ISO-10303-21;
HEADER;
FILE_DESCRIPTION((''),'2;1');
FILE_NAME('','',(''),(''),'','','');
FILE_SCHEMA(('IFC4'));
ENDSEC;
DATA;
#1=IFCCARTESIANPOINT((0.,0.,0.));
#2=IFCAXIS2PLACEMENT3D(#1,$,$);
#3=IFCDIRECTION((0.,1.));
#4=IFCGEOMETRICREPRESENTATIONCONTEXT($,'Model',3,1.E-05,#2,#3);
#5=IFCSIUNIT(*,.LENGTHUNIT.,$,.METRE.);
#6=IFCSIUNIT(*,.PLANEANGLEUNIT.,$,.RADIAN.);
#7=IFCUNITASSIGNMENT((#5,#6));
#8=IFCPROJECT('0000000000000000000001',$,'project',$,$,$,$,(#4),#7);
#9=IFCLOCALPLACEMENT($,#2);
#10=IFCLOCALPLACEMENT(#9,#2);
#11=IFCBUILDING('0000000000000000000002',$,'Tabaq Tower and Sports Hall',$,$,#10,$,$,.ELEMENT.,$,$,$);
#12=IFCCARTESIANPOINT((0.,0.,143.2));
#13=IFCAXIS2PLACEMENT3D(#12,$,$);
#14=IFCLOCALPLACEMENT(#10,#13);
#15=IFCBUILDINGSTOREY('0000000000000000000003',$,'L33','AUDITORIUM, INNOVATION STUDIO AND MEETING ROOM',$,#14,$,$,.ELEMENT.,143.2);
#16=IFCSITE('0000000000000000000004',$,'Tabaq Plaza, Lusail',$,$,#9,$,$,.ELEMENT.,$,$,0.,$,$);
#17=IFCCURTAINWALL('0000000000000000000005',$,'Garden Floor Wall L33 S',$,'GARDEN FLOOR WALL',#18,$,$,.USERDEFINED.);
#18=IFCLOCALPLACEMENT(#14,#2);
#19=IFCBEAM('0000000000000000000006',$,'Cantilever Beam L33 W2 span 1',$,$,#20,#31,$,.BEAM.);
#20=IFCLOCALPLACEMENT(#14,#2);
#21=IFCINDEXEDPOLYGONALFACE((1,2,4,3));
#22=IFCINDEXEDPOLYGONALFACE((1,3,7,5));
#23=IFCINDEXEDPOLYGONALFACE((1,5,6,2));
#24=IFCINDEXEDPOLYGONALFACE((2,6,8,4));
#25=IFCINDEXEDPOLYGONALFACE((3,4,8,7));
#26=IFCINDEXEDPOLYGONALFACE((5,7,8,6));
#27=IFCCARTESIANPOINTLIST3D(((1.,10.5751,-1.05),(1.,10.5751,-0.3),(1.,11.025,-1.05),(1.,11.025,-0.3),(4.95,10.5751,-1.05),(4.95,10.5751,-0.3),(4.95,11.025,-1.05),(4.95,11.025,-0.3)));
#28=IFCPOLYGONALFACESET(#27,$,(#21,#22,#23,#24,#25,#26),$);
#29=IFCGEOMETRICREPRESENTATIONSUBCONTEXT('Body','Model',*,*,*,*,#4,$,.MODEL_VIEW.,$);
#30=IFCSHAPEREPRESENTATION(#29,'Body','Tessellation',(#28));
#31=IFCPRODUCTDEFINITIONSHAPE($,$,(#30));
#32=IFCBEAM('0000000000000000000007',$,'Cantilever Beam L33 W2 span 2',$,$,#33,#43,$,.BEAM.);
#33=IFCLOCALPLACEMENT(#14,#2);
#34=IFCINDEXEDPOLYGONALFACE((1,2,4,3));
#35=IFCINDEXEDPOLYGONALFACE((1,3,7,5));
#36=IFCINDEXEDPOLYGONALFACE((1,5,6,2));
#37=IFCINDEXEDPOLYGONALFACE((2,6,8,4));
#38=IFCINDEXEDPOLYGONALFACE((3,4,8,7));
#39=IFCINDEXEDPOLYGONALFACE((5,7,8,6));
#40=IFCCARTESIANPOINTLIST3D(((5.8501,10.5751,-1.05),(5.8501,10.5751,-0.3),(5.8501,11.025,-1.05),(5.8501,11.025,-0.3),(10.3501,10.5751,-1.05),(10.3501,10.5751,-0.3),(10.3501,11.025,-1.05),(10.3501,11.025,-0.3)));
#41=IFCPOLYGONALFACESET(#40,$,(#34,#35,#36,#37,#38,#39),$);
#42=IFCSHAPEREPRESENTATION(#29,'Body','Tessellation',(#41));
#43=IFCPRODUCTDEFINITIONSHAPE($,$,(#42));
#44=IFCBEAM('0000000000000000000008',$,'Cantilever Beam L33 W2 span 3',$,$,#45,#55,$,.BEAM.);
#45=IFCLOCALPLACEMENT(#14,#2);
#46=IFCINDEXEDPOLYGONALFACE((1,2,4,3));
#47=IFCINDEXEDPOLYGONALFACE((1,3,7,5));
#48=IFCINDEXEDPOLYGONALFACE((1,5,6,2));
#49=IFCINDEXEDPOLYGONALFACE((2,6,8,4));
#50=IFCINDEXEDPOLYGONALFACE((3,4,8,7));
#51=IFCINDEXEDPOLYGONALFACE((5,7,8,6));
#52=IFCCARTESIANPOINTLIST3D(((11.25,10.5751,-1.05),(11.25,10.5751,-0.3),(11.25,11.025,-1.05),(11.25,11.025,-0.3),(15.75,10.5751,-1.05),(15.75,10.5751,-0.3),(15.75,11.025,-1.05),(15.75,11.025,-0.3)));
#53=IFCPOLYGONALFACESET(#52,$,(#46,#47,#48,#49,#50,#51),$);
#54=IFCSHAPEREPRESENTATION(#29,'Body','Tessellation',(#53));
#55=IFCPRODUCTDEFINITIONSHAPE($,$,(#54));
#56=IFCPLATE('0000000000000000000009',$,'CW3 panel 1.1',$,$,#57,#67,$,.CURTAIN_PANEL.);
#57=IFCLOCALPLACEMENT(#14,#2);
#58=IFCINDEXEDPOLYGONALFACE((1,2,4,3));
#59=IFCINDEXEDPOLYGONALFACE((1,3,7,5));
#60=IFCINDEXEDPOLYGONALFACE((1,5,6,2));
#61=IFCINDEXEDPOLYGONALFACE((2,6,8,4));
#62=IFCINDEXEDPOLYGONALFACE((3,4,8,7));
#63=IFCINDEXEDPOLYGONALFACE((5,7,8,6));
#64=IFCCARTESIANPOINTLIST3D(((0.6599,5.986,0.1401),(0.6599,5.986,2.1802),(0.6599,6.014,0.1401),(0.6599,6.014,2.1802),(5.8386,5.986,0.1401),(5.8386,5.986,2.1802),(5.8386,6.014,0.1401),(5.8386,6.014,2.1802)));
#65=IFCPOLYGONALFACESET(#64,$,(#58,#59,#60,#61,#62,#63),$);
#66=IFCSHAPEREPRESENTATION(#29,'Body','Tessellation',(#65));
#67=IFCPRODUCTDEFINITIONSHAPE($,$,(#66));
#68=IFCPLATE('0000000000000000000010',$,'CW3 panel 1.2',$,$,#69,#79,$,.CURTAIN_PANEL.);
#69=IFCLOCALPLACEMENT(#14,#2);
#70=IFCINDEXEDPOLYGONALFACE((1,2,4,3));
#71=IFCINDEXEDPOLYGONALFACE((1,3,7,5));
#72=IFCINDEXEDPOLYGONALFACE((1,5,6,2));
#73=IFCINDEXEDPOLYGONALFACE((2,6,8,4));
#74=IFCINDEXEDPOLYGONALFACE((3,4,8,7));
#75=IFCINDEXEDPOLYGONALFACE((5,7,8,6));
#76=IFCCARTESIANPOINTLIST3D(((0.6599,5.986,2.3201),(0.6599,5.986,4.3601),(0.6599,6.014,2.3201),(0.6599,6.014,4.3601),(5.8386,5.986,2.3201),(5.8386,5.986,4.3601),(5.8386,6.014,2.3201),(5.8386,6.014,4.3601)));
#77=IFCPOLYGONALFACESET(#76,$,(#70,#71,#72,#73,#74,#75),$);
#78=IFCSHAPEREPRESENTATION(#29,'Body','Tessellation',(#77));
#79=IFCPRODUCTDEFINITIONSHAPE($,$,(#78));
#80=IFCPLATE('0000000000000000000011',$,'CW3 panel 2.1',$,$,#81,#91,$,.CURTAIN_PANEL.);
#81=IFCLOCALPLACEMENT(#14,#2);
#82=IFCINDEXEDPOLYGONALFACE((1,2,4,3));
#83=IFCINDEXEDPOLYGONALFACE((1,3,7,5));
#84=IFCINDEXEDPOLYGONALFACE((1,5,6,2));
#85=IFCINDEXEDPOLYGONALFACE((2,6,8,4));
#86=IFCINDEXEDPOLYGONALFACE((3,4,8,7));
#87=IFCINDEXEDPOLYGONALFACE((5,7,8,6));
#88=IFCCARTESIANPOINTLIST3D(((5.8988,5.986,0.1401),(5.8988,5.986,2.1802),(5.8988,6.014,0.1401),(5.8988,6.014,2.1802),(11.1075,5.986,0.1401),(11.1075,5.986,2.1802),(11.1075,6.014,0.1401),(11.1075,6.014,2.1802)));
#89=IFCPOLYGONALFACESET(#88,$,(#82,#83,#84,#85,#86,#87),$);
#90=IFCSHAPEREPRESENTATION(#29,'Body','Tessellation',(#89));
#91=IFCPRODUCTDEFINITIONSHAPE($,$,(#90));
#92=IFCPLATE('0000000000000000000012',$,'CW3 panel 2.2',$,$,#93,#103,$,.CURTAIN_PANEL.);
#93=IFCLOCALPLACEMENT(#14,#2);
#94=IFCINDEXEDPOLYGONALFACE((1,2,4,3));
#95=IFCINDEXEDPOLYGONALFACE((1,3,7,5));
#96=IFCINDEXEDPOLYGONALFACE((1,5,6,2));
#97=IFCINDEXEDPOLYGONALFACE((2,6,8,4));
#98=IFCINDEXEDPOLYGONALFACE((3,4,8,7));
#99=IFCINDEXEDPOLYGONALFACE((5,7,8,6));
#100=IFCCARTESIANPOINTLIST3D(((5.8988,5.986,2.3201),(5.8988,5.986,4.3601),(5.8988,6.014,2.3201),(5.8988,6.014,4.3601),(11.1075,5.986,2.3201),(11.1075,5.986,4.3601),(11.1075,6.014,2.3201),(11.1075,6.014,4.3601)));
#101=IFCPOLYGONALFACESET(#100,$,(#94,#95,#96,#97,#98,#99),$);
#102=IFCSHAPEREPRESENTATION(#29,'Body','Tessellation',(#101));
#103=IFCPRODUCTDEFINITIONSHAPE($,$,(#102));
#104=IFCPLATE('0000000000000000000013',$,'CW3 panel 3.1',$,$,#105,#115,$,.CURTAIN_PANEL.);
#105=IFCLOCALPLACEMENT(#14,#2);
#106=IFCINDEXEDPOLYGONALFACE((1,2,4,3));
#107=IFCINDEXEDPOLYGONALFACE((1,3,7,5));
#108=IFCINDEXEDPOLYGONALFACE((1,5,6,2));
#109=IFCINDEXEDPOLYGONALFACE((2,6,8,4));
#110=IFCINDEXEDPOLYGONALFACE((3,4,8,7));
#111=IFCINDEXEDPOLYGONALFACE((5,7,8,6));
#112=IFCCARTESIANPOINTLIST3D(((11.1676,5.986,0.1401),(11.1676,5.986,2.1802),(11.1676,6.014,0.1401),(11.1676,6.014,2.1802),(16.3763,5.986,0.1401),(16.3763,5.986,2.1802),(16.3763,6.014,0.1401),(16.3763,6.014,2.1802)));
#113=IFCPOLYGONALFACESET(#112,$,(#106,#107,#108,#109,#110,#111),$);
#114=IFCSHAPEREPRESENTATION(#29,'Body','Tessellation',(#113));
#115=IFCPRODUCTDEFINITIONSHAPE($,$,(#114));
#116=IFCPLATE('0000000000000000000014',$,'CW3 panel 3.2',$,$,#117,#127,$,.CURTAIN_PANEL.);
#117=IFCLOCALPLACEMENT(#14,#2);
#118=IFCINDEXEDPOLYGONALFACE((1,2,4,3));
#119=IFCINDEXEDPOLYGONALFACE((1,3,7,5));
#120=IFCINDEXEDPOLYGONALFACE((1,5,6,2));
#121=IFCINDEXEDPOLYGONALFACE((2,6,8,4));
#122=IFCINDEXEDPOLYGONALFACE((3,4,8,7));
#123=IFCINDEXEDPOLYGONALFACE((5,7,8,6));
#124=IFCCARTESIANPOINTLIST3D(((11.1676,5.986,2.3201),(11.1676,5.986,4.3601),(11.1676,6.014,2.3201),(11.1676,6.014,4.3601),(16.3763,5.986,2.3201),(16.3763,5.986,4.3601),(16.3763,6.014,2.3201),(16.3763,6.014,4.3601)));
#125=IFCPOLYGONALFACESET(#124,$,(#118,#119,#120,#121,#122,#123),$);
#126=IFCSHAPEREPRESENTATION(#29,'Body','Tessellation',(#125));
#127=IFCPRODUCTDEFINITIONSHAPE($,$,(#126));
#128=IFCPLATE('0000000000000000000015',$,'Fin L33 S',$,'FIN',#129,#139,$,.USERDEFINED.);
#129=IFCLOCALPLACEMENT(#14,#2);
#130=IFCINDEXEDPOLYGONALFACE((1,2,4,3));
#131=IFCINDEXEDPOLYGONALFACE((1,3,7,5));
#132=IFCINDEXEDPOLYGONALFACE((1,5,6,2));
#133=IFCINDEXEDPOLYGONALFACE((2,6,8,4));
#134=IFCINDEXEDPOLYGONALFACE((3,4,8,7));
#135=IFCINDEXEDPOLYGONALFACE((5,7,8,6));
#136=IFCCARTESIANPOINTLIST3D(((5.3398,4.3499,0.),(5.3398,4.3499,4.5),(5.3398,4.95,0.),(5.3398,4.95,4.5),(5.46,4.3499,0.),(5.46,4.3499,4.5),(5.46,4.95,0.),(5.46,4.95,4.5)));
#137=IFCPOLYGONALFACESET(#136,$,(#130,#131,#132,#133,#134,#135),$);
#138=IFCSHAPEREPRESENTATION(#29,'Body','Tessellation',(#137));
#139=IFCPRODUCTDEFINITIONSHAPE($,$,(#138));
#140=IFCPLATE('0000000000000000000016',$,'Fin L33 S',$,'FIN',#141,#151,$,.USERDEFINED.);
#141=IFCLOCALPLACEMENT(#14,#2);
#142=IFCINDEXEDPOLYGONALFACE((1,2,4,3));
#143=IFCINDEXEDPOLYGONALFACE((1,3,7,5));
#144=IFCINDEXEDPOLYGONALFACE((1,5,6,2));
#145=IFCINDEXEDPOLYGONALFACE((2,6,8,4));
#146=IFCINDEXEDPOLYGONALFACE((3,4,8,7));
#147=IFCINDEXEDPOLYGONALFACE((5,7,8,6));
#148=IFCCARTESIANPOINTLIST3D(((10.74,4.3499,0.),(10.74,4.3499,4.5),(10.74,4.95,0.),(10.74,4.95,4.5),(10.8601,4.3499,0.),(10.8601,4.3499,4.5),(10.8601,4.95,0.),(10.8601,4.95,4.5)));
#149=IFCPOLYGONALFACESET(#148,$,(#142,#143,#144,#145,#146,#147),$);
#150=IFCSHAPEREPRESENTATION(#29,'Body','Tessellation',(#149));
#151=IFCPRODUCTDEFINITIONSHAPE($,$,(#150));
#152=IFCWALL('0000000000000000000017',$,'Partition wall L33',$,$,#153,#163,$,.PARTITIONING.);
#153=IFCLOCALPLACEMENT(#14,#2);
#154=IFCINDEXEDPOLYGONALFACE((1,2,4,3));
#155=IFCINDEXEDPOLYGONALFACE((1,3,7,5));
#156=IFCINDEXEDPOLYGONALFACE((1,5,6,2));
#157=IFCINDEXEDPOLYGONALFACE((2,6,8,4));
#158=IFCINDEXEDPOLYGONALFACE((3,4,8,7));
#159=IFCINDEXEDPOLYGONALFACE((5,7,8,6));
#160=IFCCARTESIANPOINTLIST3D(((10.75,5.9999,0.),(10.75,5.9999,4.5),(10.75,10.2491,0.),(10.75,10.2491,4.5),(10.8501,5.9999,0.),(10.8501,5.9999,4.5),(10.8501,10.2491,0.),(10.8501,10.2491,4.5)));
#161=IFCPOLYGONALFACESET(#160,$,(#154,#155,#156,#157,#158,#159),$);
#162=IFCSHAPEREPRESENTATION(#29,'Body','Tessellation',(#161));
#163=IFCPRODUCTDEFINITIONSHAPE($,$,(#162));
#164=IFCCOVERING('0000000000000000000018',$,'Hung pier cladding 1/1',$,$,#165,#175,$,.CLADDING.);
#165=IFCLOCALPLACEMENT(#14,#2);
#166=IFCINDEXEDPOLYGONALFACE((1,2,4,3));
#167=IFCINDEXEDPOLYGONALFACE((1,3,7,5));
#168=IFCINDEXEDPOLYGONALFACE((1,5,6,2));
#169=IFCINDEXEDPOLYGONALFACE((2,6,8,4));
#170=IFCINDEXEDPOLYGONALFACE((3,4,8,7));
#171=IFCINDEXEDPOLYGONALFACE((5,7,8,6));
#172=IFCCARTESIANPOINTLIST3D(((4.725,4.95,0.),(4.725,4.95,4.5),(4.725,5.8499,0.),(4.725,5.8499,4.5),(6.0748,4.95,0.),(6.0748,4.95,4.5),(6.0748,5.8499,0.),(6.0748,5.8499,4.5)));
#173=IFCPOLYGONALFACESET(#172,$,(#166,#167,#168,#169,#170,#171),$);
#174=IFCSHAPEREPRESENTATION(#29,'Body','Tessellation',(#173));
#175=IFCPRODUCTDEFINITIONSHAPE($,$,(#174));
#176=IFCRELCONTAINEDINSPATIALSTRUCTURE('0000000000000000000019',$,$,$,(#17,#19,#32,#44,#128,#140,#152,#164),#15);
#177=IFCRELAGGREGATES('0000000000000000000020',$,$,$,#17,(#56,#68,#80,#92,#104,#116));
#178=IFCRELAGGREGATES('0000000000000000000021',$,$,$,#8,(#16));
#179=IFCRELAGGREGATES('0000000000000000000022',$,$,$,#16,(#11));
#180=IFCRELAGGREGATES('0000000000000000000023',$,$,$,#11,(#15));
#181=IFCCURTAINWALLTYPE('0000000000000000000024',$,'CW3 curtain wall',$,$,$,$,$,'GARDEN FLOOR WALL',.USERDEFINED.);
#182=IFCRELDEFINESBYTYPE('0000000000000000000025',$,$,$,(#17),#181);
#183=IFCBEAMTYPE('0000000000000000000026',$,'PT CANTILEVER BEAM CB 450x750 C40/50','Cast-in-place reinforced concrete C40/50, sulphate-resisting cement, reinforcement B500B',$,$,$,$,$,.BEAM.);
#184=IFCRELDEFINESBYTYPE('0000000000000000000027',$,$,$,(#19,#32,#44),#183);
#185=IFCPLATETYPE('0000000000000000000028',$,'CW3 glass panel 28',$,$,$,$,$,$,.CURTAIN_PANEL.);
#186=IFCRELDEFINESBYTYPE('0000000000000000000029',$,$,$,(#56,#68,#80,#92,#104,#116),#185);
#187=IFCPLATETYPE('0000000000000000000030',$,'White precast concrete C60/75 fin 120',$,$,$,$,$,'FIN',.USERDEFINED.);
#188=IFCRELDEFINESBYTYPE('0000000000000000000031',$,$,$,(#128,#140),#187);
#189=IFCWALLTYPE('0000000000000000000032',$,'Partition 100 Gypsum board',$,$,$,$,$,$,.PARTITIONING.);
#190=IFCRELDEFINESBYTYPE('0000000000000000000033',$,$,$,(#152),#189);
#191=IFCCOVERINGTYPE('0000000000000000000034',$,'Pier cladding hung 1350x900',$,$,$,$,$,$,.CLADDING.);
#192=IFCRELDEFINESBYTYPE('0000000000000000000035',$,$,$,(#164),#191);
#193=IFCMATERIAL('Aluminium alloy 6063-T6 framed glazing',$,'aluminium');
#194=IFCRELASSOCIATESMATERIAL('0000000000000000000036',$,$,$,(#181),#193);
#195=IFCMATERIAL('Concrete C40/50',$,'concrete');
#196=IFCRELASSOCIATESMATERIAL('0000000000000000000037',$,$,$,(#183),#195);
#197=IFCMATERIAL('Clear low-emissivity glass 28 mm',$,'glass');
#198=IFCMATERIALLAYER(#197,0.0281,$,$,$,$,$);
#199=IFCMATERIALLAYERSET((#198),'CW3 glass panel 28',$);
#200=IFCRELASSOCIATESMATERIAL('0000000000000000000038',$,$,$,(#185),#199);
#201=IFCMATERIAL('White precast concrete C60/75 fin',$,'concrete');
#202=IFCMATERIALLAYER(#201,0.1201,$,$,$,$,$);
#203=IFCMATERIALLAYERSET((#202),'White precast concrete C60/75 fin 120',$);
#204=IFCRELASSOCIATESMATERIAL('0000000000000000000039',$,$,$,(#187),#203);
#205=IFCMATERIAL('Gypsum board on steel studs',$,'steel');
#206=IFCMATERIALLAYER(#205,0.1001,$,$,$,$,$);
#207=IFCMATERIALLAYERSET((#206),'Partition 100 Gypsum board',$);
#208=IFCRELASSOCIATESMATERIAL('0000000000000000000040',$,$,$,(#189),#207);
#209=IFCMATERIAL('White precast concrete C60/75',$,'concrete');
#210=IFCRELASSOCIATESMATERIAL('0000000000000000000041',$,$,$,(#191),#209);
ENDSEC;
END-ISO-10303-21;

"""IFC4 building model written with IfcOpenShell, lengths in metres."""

from ifc_helpers import new_model, si_unit, direction, frame, frame_2d, origin, origin_2d, place, context, subcontext, project, spatial, rectangle, extrude, material, layer, layer_set, material_profile, profile_set, type_object, element, aggregate, save


model = new_model("IFC4")

# Units and contexts
model_context = context("Model", 3, precision=1e-05, world=origin(), true_north=direction((0.0, 1.0)))
body_context = subcontext(model_context, "Body", "Model", "MODEL_VIEW")
ifc_project = project(units=[si_unit("LENGTHUNIT", "METRE"), si_unit("PLANEANGLEUNIT", "RADIAN")], contexts=[model_context])

# Site, building, storey
site_placement = place(None, origin())
site = spatial("IfcSite", under=ifc_project, at=site_placement, Name="Tabaq Plaza, Lusail", CompositionType="ELEMENT", RefElevation=0.0)
building_placement = place(site_placement, origin())
building = spatial("IfcBuilding", under=site, at=building_placement, Name="Tabaq Tower and Sports Hall", CompositionType="ELEMENT")
storey_placement = place(building_placement, frame((0.0, 0.0, 143.2)))
storey = spatial("IfcBuildingStorey", under=building, at=storey_placement, Name="L33", Description="AUDITORIUM, INNOVATION STUDIO AND MEETING ROOM", CompositionType="ELEMENT", Elevation=143.2)

# Curtain wall
ifc_material_1 = material(Name="Aluminium alloy 6063-T6 framed glazing", Category="aluminium")
curtain_wall_type = type_object("IfcCurtainWallType", Name="CW3 curtain wall", ElementType="GARDEN FLOOR WALL", PredefinedType="USERDEFINED", material=ifc_material_1)
curtain_wall_placement = place(storey_placement, origin())
curtain_wall = element("IfcCurtainWall", 1, at=curtain_wall_placement, inside=storey, type_object=curtain_wall_type, Name="Garden Floor Wall L33 S", ObjectType="GARDEN FLOOR WALL", PredefinedType="USERDEFINED")

# Beams
ifc_material_2 = material(Name="Concrete C40/50", Category="concrete")
ifc_material_profile_1 = material_profile(ifc_material_2, rectangle(XDim=0.45, YDim=0.75, at=origin_2d()), Name="CB 450x750")
ifc_profile_set_1 = profile_set([ifc_material_profile_1], Name="Concrete C40/50")
beam_type = type_object("IfcBeamType", Name="PT CANTILEVER BEAM CB 450x750 C40/50", Description="Cast-in-place reinforced concrete C40/50, sulphate-resisting cement, reinforcement B500B", PredefinedType="BEAM", material=ifc_profile_set_1)
beam_placement = place(storey_placement, frame((1.0, 10.8, -0.675), z_axis=(1.0, 0.0, 0.0), x_axis=(0.0, 1.0, 0.0)))
element("IfcBeam", 2, at=beam_placement, inside=storey, type_object=beam_type, Name="Cantilever Beam L33 W2 span 1", PredefinedType="BEAM", context=body_context, shape_type="SweptSolid", body=[
    extrude(rectangle(XDim=0.45, YDim=0.75, at=origin_2d()), origin(), (0.0, 0.0, 1.0), 3.95),
])
for number, where, z_axis, x_axis, name in (
    (3, (5.8501, 10.8, -0.675), (1.0, 0.0, 0.0), (0.0, 1.0, 0.0), "Cantilever Beam L33 W2 span 2"),
    (4, (11.25, 10.8, -0.675), (1.0, 0.0, 0.0), (0.0, 1.0, 0.0), "Cantilever Beam L33 W2 span 3"),
):
    element("IfcBeam", number, at=place(storey_placement, frame(where, z_axis=z_axis, x_axis=x_axis)), inside=storey, type_object=beam_type, Name=name, PredefinedType="BEAM", context=body_context, shape_type="SweptSolid", body=[
        extrude(rectangle(XDim=0.45, YDim=0.75, at=origin_2d()), origin(), (0.0, 0.0, 1.0), 4.5),
    ])

# Plates
ifc_material_3 = material(Name="Clear low-emissivity glass 28 mm", Category="glass")
ifc_layer_1 = layer(ifc_material_3, 0.0281)
ifc_layer_set_1 = layer_set([ifc_layer_1], Name="CW3 glass panel 28")
plate_type_1 = type_object("IfcPlateType", Name="CW3 glass panel 28", PredefinedType="CURTAIN_PANEL", material=ifc_layer_set_1)
plate_1_placement = place(storey_placement, frame((3.2493, 6.0, 0.1401), z_axis=(0.0, 0.0, 1.0), x_axis=(1.0, 0.0, 0.0)))
plate_1 = element("IfcPlate", 5, at=plate_1_placement, type_object=plate_type_1, Name="CW3 panel 1.1", PredefinedType="CURTAIN_PANEL", context=body_context, shape_type="SweptSolid", body=[
    extrude(rectangle(XDim=5.1787, YDim=0.0281, at=origin_2d()), origin(), (0.0, 0.0, 1.0), 2.04),
])
plate_2_placement = place(storey_placement, frame((3.2493, 6.0, 2.3201), z_axis=(0.0, 0.0, 1.0), x_axis=(1.0, 0.0, 0.0)))
plate_2 = element("IfcPlate", 6, at=plate_2_placement, type_object=plate_type_1, Name="CW3 panel 1.2", PredefinedType="CURTAIN_PANEL", context=body_context, shape_type="SweptSolid", body=[
    extrude(rectangle(XDim=5.1787, YDim=0.0281, at=origin_2d()), origin(), (0.0, 0.0, 1.0), 2.04),
])
plate_3_placement = place(storey_placement, frame((8.5032, 6.0, 0.1401), z_axis=(0.0, 0.0, 1.0), x_axis=(1.0, 0.0, 0.0)))
plate_3 = element("IfcPlate", 7, at=plate_3_placement, type_object=plate_type_1, Name="CW3 panel 2.1", PredefinedType="CURTAIN_PANEL", context=body_context, shape_type="SweptSolid", body=[
    extrude(rectangle(XDim=5.2087, YDim=0.0281, at=origin_2d()), origin(), (0.0, 0.0, 1.0), 2.04),
])
plate_4_placement = place(storey_placement, frame((8.5032, 6.0, 2.3201), z_axis=(0.0, 0.0, 1.0), x_axis=(1.0, 0.0, 0.0)))
plate_4 = element("IfcPlate", 8, at=plate_4_placement, type_object=plate_type_1, Name="CW3 panel 2.2", PredefinedType="CURTAIN_PANEL", context=body_context, shape_type="SweptSolid", body=[
    extrude(rectangle(XDim=5.2087, YDim=0.0281, at=origin_2d()), origin(), (0.0, 0.0, 1.0), 2.04),
])
plate_5_placement = place(storey_placement, frame((13.772, 6.0, 0.1401), z_axis=(0.0, 0.0, 1.0), x_axis=(1.0, 0.0, 0.0)))
plate_5 = element("IfcPlate", 9, at=plate_5_placement, type_object=plate_type_1, Name="CW3 panel 3.1", PredefinedType="CURTAIN_PANEL", context=body_context, shape_type="SweptSolid", body=[
    extrude(rectangle(XDim=5.2087, YDim=0.0281, at=origin_2d()), origin(), (0.0, 0.0, 1.0), 2.04),
])
plate_6_placement = place(storey_placement, frame((13.772, 6.0, 2.3201), z_axis=(0.0, 0.0, 1.0), x_axis=(1.0, 0.0, 0.0)))
plate_6 = element("IfcPlate", 10, at=plate_6_placement, type_object=plate_type_1, Name="CW3 panel 3.2", PredefinedType="CURTAIN_PANEL", context=body_context, shape_type="SweptSolid", body=[
    extrude(rectangle(XDim=5.2087, YDim=0.0281, at=origin_2d()), origin(), (0.0, 0.0, 1.0), 2.04),
])
aggregate(curtain_wall, [plate_1, plate_2, plate_3, plate_4, plate_5, plate_6])

# Plates
ifc_material_4 = material(Name="White precast concrete C60/75 fin", Category="concrete")
ifc_layer_2 = layer(ifc_material_4, 0.1201)
ifc_layer_set_2 = layer_set([ifc_layer_2], Name="White precast concrete C60/75 fin 120")
plate_type_2 = type_object("IfcPlateType", Name="White precast concrete C60/75 fin 120", ElementType="FIN", PredefinedType="USERDEFINED", material=ifc_layer_set_2)
for number, where, z_axis, x_axis, name in (
    (11, (5.3999, 4.6499, 0.0), (0.0, 0.0, 1.0), (1.0, 0.0, 0.0), "Fin L33 S"),
    (12, (10.8, 4.6499, 0.0), (0.0, 0.0, 1.0), (1.0, 0.0, 0.0), "Fin L33 S"),
):
    element("IfcPlate", number, at=place(storey_placement, frame(where, z_axis=z_axis, x_axis=x_axis)), inside=storey, type_object=plate_type_2, Name=name, ObjectType="FIN", PredefinedType="USERDEFINED", context=body_context, shape_type="SweptSolid", body=[
        extrude(rectangle(XDim=0.1201, YDim=0.6001, at=origin_2d()), origin(), (0.0, 0.0, 1.0), 4.5),
    ])

# Wall
ifc_material_5 = material(Name="Gypsum board on steel studs", Category="steel")
ifc_layer_3 = layer(ifc_material_5, 0.1001)
ifc_layer_set_3 = layer_set([ifc_layer_3], Name="Partition 100 Gypsum board")
wall_type = type_object("IfcWallType", Name="Partition 100 Gypsum board", PredefinedType="PARTITIONING", material=ifc_layer_set_3)
wall_placement = place(storey_placement, frame((10.8, 6.0, 0.0), z_axis=(0.0, 0.0, 1.0), x_axis=(0.0, 1.0, 0.0)))
element("IfcWall", 13, at=wall_placement, inside=storey, type_object=wall_type, Name="Partition wall L33", PredefinedType="PARTITIONING", context=body_context, shape_type="SweptSolid", body=[
    extrude(rectangle(XDim=4.2493, YDim=0.1001, at=frame_2d((2.1245, 0.0))), origin(), (0.0, 0.0, 1.0), 4.5),
])

# Covering
ifc_material_6 = material(Name="White precast concrete C60/75", Category="concrete")
covering_type = type_object("IfcCoveringType", Name="Pier cladding hung 1350x900", PredefinedType="CLADDING", material=ifc_material_6)
covering_placement = place(storey_placement, frame((4.7251, 5.3999, 0.0), z_axis=(0.0, 0.0, 1.0), x_axis=(1.0, 0.0, 0.0)))
element("IfcCovering", 14, at=covering_placement, inside=storey, type_object=covering_type, Name="Hung pier cladding 1/1", PredefinedType="CLADDING", context=body_context, shape_type="SweptSolid", body=[
    extrude(rectangle(XDim=1.3499, YDim=0.8999, at=frame_2d((0.6748, 0.0))), origin(), (0.0, 0.0, 1.0), 4.5),
])

save(model, "model.ifc")
